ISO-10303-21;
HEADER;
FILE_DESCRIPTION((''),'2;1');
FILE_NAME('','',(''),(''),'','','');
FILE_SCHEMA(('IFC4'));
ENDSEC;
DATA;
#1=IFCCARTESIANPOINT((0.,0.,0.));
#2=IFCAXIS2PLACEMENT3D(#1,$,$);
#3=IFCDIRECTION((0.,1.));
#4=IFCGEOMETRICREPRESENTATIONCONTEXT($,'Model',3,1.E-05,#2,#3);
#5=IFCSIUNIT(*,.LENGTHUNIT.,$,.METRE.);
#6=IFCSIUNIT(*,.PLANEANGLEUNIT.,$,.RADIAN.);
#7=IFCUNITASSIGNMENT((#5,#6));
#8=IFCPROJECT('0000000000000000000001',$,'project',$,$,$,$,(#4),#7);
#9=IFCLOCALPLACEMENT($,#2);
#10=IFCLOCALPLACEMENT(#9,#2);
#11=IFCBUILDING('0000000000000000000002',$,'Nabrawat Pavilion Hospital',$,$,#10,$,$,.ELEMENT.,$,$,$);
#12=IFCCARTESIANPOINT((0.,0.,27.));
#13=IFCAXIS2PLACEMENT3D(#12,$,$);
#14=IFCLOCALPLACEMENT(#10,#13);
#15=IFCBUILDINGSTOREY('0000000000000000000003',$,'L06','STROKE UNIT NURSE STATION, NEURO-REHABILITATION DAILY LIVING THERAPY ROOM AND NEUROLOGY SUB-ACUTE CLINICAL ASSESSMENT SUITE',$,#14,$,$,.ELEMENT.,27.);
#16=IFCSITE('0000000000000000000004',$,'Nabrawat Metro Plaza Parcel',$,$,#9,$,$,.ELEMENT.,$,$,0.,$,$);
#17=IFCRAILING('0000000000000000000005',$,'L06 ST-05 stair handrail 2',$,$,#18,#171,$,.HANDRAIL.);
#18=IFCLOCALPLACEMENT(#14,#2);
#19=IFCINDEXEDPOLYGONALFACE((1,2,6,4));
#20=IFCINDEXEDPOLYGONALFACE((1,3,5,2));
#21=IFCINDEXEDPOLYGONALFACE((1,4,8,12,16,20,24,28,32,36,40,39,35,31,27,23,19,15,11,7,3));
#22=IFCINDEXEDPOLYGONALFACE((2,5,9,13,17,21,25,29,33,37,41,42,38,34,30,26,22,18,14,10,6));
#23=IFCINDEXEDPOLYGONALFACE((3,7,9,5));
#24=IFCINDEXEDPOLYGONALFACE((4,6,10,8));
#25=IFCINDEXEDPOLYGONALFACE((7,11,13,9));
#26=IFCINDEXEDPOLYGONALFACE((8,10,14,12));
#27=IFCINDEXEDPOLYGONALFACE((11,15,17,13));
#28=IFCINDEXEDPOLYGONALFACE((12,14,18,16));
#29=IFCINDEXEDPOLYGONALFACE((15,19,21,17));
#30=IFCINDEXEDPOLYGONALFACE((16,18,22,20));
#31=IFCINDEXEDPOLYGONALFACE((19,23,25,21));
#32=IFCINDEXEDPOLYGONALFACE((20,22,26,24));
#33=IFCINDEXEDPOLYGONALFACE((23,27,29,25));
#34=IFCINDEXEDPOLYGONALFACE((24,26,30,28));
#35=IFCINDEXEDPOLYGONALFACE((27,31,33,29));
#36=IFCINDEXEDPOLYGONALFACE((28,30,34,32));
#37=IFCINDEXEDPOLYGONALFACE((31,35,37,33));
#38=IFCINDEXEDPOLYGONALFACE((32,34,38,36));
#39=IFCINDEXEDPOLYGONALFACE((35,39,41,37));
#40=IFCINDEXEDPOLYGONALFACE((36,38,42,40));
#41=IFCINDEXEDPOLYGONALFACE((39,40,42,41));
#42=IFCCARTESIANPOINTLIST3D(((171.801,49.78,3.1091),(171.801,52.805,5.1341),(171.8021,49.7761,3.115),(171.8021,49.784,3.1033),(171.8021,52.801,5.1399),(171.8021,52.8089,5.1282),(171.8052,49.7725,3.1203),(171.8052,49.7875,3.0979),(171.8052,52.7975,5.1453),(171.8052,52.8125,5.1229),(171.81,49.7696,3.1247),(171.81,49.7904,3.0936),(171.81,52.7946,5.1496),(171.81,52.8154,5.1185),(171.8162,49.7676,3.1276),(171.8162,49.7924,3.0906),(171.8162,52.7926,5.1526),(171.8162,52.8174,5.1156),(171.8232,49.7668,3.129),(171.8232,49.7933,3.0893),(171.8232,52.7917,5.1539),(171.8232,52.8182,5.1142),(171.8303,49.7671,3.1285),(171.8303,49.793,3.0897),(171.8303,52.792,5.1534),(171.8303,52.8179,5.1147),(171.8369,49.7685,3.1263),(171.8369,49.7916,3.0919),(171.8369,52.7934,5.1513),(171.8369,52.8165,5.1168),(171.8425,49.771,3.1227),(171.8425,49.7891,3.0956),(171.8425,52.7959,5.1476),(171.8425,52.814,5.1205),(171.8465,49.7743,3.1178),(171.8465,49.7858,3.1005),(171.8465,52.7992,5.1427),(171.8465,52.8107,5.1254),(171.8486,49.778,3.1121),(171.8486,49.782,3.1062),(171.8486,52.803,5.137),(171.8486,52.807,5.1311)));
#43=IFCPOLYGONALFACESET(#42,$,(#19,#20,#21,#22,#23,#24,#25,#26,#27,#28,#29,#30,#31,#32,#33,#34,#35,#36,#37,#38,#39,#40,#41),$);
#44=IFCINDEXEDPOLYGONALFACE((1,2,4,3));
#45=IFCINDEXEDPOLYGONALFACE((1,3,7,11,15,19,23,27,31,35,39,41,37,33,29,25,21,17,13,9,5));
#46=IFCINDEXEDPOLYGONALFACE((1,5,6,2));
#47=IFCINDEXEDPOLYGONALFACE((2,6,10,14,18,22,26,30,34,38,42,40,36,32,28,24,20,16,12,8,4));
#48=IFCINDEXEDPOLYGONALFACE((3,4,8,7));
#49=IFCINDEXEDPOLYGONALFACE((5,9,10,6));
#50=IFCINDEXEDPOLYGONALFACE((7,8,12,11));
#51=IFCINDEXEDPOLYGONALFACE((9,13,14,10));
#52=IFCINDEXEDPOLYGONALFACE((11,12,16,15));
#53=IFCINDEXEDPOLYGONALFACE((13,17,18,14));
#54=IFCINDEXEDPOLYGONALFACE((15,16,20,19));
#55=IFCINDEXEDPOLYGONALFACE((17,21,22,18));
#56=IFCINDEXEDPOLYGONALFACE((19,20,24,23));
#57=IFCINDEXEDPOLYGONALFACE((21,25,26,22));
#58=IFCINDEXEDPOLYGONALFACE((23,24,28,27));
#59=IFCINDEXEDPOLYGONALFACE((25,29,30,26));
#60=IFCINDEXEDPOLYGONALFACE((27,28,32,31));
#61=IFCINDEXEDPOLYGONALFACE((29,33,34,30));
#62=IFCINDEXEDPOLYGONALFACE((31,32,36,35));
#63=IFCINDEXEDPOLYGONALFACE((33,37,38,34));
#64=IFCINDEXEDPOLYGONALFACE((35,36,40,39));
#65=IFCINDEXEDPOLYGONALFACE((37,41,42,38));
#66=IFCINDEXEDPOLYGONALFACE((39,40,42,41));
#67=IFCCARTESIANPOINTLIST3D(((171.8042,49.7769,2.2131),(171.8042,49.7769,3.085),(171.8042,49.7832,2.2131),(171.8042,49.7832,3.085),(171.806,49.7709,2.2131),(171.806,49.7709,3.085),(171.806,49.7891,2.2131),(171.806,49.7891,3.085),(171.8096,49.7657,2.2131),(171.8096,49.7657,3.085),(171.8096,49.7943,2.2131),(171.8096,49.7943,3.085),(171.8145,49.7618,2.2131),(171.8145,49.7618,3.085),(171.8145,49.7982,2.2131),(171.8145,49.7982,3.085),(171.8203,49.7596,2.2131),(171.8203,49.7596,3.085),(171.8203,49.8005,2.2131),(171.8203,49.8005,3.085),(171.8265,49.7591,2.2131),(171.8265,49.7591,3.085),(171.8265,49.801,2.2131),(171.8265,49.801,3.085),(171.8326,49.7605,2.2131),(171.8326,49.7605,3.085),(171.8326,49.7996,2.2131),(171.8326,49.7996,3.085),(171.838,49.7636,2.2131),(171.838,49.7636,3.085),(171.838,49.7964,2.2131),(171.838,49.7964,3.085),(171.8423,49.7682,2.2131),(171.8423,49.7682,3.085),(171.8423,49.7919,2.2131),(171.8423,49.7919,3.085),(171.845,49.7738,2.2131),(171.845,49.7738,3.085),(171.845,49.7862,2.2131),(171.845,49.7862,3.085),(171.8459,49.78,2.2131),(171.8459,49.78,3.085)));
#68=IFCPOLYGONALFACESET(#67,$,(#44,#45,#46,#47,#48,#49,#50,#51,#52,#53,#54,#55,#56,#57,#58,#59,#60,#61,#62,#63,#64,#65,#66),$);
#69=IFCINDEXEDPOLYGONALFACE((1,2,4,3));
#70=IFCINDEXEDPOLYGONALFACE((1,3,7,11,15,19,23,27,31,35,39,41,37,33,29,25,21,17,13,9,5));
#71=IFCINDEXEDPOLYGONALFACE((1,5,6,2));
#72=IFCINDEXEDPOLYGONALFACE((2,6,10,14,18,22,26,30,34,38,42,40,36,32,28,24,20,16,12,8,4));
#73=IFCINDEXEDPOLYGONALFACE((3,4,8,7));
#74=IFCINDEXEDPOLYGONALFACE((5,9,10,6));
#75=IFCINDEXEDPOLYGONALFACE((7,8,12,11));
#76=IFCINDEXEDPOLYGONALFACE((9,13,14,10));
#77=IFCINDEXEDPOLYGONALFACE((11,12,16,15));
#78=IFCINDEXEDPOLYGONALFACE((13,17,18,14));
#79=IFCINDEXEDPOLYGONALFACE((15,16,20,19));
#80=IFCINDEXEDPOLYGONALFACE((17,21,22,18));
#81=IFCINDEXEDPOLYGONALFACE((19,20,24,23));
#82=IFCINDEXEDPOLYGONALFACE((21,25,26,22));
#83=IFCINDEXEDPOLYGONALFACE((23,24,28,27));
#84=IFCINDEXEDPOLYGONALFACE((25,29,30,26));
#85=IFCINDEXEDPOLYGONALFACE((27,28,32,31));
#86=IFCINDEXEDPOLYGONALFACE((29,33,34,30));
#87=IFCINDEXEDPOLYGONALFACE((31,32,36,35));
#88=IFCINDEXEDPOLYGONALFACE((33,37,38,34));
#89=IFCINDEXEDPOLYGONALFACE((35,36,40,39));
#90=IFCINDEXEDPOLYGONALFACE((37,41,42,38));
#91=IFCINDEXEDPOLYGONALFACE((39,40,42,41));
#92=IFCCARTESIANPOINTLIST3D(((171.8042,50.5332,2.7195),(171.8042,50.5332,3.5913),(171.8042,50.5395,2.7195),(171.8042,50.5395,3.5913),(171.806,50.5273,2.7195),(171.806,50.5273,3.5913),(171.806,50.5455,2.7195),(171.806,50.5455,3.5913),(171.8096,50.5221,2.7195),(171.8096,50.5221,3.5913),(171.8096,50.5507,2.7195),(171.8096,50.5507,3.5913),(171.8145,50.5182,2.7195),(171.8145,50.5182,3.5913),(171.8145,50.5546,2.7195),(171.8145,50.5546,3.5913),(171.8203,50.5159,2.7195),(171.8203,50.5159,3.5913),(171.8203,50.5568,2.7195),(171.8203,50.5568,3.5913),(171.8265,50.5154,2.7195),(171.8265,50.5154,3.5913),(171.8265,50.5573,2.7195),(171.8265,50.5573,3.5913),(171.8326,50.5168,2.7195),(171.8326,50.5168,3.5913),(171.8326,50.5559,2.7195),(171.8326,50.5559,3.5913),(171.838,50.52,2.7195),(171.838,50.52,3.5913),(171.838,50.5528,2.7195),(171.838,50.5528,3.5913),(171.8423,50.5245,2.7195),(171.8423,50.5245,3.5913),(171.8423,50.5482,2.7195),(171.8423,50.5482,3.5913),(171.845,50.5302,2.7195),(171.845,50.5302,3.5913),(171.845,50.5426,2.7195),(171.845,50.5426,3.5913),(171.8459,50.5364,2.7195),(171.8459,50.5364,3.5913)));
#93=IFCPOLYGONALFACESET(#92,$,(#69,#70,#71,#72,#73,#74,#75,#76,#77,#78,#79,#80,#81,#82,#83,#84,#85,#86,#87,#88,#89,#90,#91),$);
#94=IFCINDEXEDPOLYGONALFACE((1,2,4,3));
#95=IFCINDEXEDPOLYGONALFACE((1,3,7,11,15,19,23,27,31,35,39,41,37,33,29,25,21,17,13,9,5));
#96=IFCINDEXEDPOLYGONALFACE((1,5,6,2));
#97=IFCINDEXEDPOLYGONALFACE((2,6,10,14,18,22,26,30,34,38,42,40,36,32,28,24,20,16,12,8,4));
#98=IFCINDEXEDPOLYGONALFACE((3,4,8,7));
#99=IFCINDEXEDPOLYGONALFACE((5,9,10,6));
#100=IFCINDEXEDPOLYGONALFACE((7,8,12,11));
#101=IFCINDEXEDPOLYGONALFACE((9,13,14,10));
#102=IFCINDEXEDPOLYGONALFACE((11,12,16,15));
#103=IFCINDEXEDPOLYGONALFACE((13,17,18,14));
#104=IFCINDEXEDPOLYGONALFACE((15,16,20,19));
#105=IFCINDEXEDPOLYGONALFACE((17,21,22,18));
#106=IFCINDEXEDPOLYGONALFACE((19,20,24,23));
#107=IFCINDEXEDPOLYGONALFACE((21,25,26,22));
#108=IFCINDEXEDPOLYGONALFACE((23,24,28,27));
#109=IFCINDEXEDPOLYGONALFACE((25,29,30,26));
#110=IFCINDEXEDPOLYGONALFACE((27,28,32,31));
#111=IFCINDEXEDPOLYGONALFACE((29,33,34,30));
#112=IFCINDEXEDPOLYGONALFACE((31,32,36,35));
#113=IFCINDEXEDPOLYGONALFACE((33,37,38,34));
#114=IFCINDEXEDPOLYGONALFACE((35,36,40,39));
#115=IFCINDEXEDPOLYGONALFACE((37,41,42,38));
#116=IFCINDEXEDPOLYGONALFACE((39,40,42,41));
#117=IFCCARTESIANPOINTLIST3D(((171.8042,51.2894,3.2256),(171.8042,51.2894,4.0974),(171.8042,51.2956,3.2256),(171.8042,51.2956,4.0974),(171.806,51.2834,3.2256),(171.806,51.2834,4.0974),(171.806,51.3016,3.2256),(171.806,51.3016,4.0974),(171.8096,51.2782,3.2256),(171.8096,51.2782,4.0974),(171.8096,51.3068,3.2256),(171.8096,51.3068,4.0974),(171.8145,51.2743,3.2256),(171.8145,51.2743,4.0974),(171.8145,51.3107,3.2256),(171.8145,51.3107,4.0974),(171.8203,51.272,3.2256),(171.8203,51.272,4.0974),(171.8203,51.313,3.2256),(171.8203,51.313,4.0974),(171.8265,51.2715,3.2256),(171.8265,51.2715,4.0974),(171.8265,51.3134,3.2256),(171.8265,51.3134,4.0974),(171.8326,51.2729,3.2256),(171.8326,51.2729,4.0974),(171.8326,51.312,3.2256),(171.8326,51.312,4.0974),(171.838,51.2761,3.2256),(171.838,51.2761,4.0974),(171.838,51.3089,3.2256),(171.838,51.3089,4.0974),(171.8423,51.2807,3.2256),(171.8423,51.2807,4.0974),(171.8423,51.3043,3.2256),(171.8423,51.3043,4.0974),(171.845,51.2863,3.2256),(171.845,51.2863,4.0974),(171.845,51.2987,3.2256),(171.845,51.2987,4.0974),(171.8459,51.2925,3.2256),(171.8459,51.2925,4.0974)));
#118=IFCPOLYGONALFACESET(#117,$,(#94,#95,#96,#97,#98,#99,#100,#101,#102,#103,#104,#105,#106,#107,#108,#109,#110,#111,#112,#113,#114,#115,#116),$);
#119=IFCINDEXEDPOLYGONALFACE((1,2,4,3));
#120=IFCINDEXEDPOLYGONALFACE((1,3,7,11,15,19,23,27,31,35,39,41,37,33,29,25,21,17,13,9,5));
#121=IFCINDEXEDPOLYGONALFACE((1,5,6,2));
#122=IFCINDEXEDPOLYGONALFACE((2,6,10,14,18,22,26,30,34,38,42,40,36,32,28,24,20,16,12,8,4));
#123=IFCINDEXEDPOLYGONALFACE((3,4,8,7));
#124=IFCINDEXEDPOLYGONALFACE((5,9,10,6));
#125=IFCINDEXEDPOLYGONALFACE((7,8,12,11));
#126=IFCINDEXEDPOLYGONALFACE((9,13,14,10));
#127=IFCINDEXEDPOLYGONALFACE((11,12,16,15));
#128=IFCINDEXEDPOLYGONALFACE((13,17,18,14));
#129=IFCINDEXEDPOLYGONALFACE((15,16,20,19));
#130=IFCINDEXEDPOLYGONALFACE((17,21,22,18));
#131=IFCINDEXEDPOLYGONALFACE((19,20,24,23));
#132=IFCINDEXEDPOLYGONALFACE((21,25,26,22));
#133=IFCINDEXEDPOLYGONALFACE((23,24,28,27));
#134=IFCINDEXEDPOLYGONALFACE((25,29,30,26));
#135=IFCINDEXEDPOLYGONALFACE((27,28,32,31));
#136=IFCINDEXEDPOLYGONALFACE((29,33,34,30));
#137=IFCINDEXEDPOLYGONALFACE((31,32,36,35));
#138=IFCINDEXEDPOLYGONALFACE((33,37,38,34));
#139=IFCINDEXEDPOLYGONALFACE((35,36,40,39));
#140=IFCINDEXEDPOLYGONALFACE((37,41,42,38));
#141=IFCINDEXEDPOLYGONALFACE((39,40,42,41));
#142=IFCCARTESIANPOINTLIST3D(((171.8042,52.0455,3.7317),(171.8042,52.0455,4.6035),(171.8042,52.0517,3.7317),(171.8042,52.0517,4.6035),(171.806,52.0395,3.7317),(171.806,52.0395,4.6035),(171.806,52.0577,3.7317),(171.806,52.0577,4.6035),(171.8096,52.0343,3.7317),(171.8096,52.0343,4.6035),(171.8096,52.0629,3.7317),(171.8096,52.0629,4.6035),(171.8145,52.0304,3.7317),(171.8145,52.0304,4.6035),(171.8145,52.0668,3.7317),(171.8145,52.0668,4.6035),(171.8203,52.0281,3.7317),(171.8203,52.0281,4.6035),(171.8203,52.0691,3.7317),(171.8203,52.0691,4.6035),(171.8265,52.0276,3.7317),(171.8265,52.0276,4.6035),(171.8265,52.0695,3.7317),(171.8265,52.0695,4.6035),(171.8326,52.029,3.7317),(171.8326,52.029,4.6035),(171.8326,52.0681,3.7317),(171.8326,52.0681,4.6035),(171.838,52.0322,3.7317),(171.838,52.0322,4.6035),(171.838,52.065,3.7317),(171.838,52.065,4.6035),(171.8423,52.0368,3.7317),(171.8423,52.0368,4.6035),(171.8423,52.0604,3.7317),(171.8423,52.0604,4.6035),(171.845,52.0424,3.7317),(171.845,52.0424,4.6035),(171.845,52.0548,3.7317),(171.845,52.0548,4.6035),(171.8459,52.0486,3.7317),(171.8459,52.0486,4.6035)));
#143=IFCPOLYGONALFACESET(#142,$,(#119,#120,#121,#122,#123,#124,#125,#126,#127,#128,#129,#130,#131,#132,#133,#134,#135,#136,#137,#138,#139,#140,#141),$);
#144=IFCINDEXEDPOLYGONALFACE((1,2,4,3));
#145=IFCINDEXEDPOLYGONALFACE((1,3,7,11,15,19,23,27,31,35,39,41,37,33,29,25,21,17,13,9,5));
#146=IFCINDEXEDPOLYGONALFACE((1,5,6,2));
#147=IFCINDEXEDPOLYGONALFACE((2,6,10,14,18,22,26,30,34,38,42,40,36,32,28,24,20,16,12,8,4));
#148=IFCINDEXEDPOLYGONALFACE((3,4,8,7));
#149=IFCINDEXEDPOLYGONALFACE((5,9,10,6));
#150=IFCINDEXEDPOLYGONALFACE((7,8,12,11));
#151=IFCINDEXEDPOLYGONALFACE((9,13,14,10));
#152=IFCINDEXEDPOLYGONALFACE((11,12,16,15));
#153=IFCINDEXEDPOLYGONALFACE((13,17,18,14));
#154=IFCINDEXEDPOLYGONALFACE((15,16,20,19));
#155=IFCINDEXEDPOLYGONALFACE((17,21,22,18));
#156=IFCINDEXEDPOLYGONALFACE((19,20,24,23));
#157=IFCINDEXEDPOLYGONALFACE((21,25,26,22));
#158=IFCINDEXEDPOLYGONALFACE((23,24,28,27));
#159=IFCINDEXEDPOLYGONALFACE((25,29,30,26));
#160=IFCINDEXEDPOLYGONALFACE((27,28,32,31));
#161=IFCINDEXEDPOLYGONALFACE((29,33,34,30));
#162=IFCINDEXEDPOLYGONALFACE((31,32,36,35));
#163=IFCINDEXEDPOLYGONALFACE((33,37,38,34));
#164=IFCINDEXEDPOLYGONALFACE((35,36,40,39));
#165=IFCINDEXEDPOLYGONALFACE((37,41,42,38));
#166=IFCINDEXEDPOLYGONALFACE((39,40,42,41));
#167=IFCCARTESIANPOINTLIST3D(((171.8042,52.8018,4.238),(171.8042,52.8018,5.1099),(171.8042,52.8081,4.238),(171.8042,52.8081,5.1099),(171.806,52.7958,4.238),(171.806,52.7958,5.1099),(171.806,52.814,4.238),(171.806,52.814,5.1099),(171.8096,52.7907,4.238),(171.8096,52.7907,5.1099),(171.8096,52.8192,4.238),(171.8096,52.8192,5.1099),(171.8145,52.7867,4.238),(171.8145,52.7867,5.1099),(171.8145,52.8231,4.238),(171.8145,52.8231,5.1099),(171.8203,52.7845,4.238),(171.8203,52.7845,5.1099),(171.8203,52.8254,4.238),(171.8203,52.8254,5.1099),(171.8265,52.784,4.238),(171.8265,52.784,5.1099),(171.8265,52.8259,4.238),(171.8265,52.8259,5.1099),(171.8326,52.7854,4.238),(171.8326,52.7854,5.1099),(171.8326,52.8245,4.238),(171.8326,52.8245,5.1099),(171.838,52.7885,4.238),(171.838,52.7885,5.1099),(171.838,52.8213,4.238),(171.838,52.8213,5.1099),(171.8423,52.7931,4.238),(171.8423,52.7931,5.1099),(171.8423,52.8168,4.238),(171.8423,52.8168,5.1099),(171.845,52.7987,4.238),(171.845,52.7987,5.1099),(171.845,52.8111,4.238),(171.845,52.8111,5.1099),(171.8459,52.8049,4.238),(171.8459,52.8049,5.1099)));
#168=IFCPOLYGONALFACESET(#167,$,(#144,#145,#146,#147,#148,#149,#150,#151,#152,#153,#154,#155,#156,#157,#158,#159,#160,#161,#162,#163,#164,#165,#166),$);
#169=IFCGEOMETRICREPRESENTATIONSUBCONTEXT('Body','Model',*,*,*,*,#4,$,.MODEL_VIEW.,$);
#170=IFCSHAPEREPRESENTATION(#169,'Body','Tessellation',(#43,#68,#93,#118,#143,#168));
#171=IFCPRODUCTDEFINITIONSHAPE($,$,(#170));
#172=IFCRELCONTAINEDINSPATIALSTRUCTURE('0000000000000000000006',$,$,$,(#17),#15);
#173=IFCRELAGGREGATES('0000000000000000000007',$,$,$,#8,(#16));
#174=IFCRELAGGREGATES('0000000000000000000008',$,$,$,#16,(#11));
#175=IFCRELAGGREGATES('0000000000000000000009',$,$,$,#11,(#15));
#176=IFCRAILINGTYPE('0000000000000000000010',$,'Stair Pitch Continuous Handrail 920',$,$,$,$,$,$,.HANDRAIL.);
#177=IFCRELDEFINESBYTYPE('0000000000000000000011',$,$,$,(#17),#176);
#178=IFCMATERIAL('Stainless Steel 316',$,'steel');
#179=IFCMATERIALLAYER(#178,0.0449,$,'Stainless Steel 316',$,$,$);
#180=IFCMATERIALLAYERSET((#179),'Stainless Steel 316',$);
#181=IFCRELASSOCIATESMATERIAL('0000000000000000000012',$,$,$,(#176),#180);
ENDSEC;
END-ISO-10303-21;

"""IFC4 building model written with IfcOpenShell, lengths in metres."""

from ifc_helpers import new_model, si_unit, direction, frame, origin, origin_2d, place, context, subcontext, project, spatial, circle, extrude, material, layer, layer_set, type_object, element, save


model = new_model("IFC4")

# Units and contexts
model_context = context("Model", 3, precision=1e-05, world=origin(), true_north=direction((0.0, 1.0)))
body_context = subcontext(model_context, "Body", "Model", "MODEL_VIEW")
ifc_project = project(units=[si_unit("LENGTHUNIT", "METRE"), si_unit("PLANEANGLEUNIT", "RADIAN")], contexts=[model_context])

# Site, building, storey
site_placement = place(None, origin())
site = spatial("IfcSite", under=ifc_project, at=site_placement, Name="Nabrawat Metro Plaza Parcel", CompositionType="ELEMENT", RefElevation=0.0)
building_placement = place(site_placement, origin())
building = spatial("IfcBuilding", under=site, at=building_placement, Name="Nabrawat Pavilion Hospital", CompositionType="ELEMENT")
storey_placement = place(building_placement, frame((0.0, 0.0, 27.0)))
storey = spatial("IfcBuildingStorey", under=building, at=storey_placement, Name="L06", Description="STROKE UNIT NURSE STATION, NEURO-REHABILITATION DAILY LIVING THERAPY ROOM AND NEUROLOGY SUB-ACUTE CLINICAL ASSESSMENT SUITE", CompositionType="ELEMENT", Elevation=27.0)

# Railing
ifc_material_1 = material(Name="Stainless Steel 316", Category="steel")
ifc_layer_1 = layer(ifc_material_1, 0.0449, Name="Stainless Steel 316")
ifc_layer_set_1 = layer_set([ifc_layer_1], Name="Stainless Steel 316")
railing_type_1 = type_object("IfcRailingType", Name="Stair Pitch Continuous Handrail 920", PredefinedType="HANDRAIL", material=ifc_layer_set_1)
railing_1_placement = place(storey_placement, frame((171.825, 49.78, 2.2131)))
element("IfcRailing", 1, at=railing_1_placement, inside=storey, type_object=railing_type_1, Name="L06 ST-05 stair handrail 2", PredefinedType="HANDRAIL", context=body_context, shape_type="SweptSolid", body=[
    extrude(circle(Radius=0.0239, at=origin_2d()), frame((0.0, 0.0, 0.896), z_axis=(0.0, 0.830996, 0.556278), x_axis=(-1.0, 0.0, 0.0)), (0.0, 0.0, 1.0), 3.6401),
    extrude(circle(Radius=0.021, at=origin_2d()), origin(), (0.0, 0.0, 1.0), 0.8718),
    extrude(circle(Radius=0.021, at=origin_2d()), frame((0.0, 0.7563, 0.5063)), (0.0, 0.0, 1.0), 0.8718),
    extrude(circle(Radius=0.021, at=origin_2d()), frame((0.0, 1.5125, 1.0125)), (0.0, 0.0, 1.0), 0.8718),
    extrude(circle(Radius=0.021, at=origin_2d()), frame((0.0, 2.2686, 1.5186)), (0.0, 0.0, 1.0), 0.8718),
    extrude(circle(Radius=0.021, at=origin_2d()), frame((0.0, 3.0249, 2.0249)), (0.0, 0.0, 1.0), 0.8718),
])

save(model, "model.ifc")
